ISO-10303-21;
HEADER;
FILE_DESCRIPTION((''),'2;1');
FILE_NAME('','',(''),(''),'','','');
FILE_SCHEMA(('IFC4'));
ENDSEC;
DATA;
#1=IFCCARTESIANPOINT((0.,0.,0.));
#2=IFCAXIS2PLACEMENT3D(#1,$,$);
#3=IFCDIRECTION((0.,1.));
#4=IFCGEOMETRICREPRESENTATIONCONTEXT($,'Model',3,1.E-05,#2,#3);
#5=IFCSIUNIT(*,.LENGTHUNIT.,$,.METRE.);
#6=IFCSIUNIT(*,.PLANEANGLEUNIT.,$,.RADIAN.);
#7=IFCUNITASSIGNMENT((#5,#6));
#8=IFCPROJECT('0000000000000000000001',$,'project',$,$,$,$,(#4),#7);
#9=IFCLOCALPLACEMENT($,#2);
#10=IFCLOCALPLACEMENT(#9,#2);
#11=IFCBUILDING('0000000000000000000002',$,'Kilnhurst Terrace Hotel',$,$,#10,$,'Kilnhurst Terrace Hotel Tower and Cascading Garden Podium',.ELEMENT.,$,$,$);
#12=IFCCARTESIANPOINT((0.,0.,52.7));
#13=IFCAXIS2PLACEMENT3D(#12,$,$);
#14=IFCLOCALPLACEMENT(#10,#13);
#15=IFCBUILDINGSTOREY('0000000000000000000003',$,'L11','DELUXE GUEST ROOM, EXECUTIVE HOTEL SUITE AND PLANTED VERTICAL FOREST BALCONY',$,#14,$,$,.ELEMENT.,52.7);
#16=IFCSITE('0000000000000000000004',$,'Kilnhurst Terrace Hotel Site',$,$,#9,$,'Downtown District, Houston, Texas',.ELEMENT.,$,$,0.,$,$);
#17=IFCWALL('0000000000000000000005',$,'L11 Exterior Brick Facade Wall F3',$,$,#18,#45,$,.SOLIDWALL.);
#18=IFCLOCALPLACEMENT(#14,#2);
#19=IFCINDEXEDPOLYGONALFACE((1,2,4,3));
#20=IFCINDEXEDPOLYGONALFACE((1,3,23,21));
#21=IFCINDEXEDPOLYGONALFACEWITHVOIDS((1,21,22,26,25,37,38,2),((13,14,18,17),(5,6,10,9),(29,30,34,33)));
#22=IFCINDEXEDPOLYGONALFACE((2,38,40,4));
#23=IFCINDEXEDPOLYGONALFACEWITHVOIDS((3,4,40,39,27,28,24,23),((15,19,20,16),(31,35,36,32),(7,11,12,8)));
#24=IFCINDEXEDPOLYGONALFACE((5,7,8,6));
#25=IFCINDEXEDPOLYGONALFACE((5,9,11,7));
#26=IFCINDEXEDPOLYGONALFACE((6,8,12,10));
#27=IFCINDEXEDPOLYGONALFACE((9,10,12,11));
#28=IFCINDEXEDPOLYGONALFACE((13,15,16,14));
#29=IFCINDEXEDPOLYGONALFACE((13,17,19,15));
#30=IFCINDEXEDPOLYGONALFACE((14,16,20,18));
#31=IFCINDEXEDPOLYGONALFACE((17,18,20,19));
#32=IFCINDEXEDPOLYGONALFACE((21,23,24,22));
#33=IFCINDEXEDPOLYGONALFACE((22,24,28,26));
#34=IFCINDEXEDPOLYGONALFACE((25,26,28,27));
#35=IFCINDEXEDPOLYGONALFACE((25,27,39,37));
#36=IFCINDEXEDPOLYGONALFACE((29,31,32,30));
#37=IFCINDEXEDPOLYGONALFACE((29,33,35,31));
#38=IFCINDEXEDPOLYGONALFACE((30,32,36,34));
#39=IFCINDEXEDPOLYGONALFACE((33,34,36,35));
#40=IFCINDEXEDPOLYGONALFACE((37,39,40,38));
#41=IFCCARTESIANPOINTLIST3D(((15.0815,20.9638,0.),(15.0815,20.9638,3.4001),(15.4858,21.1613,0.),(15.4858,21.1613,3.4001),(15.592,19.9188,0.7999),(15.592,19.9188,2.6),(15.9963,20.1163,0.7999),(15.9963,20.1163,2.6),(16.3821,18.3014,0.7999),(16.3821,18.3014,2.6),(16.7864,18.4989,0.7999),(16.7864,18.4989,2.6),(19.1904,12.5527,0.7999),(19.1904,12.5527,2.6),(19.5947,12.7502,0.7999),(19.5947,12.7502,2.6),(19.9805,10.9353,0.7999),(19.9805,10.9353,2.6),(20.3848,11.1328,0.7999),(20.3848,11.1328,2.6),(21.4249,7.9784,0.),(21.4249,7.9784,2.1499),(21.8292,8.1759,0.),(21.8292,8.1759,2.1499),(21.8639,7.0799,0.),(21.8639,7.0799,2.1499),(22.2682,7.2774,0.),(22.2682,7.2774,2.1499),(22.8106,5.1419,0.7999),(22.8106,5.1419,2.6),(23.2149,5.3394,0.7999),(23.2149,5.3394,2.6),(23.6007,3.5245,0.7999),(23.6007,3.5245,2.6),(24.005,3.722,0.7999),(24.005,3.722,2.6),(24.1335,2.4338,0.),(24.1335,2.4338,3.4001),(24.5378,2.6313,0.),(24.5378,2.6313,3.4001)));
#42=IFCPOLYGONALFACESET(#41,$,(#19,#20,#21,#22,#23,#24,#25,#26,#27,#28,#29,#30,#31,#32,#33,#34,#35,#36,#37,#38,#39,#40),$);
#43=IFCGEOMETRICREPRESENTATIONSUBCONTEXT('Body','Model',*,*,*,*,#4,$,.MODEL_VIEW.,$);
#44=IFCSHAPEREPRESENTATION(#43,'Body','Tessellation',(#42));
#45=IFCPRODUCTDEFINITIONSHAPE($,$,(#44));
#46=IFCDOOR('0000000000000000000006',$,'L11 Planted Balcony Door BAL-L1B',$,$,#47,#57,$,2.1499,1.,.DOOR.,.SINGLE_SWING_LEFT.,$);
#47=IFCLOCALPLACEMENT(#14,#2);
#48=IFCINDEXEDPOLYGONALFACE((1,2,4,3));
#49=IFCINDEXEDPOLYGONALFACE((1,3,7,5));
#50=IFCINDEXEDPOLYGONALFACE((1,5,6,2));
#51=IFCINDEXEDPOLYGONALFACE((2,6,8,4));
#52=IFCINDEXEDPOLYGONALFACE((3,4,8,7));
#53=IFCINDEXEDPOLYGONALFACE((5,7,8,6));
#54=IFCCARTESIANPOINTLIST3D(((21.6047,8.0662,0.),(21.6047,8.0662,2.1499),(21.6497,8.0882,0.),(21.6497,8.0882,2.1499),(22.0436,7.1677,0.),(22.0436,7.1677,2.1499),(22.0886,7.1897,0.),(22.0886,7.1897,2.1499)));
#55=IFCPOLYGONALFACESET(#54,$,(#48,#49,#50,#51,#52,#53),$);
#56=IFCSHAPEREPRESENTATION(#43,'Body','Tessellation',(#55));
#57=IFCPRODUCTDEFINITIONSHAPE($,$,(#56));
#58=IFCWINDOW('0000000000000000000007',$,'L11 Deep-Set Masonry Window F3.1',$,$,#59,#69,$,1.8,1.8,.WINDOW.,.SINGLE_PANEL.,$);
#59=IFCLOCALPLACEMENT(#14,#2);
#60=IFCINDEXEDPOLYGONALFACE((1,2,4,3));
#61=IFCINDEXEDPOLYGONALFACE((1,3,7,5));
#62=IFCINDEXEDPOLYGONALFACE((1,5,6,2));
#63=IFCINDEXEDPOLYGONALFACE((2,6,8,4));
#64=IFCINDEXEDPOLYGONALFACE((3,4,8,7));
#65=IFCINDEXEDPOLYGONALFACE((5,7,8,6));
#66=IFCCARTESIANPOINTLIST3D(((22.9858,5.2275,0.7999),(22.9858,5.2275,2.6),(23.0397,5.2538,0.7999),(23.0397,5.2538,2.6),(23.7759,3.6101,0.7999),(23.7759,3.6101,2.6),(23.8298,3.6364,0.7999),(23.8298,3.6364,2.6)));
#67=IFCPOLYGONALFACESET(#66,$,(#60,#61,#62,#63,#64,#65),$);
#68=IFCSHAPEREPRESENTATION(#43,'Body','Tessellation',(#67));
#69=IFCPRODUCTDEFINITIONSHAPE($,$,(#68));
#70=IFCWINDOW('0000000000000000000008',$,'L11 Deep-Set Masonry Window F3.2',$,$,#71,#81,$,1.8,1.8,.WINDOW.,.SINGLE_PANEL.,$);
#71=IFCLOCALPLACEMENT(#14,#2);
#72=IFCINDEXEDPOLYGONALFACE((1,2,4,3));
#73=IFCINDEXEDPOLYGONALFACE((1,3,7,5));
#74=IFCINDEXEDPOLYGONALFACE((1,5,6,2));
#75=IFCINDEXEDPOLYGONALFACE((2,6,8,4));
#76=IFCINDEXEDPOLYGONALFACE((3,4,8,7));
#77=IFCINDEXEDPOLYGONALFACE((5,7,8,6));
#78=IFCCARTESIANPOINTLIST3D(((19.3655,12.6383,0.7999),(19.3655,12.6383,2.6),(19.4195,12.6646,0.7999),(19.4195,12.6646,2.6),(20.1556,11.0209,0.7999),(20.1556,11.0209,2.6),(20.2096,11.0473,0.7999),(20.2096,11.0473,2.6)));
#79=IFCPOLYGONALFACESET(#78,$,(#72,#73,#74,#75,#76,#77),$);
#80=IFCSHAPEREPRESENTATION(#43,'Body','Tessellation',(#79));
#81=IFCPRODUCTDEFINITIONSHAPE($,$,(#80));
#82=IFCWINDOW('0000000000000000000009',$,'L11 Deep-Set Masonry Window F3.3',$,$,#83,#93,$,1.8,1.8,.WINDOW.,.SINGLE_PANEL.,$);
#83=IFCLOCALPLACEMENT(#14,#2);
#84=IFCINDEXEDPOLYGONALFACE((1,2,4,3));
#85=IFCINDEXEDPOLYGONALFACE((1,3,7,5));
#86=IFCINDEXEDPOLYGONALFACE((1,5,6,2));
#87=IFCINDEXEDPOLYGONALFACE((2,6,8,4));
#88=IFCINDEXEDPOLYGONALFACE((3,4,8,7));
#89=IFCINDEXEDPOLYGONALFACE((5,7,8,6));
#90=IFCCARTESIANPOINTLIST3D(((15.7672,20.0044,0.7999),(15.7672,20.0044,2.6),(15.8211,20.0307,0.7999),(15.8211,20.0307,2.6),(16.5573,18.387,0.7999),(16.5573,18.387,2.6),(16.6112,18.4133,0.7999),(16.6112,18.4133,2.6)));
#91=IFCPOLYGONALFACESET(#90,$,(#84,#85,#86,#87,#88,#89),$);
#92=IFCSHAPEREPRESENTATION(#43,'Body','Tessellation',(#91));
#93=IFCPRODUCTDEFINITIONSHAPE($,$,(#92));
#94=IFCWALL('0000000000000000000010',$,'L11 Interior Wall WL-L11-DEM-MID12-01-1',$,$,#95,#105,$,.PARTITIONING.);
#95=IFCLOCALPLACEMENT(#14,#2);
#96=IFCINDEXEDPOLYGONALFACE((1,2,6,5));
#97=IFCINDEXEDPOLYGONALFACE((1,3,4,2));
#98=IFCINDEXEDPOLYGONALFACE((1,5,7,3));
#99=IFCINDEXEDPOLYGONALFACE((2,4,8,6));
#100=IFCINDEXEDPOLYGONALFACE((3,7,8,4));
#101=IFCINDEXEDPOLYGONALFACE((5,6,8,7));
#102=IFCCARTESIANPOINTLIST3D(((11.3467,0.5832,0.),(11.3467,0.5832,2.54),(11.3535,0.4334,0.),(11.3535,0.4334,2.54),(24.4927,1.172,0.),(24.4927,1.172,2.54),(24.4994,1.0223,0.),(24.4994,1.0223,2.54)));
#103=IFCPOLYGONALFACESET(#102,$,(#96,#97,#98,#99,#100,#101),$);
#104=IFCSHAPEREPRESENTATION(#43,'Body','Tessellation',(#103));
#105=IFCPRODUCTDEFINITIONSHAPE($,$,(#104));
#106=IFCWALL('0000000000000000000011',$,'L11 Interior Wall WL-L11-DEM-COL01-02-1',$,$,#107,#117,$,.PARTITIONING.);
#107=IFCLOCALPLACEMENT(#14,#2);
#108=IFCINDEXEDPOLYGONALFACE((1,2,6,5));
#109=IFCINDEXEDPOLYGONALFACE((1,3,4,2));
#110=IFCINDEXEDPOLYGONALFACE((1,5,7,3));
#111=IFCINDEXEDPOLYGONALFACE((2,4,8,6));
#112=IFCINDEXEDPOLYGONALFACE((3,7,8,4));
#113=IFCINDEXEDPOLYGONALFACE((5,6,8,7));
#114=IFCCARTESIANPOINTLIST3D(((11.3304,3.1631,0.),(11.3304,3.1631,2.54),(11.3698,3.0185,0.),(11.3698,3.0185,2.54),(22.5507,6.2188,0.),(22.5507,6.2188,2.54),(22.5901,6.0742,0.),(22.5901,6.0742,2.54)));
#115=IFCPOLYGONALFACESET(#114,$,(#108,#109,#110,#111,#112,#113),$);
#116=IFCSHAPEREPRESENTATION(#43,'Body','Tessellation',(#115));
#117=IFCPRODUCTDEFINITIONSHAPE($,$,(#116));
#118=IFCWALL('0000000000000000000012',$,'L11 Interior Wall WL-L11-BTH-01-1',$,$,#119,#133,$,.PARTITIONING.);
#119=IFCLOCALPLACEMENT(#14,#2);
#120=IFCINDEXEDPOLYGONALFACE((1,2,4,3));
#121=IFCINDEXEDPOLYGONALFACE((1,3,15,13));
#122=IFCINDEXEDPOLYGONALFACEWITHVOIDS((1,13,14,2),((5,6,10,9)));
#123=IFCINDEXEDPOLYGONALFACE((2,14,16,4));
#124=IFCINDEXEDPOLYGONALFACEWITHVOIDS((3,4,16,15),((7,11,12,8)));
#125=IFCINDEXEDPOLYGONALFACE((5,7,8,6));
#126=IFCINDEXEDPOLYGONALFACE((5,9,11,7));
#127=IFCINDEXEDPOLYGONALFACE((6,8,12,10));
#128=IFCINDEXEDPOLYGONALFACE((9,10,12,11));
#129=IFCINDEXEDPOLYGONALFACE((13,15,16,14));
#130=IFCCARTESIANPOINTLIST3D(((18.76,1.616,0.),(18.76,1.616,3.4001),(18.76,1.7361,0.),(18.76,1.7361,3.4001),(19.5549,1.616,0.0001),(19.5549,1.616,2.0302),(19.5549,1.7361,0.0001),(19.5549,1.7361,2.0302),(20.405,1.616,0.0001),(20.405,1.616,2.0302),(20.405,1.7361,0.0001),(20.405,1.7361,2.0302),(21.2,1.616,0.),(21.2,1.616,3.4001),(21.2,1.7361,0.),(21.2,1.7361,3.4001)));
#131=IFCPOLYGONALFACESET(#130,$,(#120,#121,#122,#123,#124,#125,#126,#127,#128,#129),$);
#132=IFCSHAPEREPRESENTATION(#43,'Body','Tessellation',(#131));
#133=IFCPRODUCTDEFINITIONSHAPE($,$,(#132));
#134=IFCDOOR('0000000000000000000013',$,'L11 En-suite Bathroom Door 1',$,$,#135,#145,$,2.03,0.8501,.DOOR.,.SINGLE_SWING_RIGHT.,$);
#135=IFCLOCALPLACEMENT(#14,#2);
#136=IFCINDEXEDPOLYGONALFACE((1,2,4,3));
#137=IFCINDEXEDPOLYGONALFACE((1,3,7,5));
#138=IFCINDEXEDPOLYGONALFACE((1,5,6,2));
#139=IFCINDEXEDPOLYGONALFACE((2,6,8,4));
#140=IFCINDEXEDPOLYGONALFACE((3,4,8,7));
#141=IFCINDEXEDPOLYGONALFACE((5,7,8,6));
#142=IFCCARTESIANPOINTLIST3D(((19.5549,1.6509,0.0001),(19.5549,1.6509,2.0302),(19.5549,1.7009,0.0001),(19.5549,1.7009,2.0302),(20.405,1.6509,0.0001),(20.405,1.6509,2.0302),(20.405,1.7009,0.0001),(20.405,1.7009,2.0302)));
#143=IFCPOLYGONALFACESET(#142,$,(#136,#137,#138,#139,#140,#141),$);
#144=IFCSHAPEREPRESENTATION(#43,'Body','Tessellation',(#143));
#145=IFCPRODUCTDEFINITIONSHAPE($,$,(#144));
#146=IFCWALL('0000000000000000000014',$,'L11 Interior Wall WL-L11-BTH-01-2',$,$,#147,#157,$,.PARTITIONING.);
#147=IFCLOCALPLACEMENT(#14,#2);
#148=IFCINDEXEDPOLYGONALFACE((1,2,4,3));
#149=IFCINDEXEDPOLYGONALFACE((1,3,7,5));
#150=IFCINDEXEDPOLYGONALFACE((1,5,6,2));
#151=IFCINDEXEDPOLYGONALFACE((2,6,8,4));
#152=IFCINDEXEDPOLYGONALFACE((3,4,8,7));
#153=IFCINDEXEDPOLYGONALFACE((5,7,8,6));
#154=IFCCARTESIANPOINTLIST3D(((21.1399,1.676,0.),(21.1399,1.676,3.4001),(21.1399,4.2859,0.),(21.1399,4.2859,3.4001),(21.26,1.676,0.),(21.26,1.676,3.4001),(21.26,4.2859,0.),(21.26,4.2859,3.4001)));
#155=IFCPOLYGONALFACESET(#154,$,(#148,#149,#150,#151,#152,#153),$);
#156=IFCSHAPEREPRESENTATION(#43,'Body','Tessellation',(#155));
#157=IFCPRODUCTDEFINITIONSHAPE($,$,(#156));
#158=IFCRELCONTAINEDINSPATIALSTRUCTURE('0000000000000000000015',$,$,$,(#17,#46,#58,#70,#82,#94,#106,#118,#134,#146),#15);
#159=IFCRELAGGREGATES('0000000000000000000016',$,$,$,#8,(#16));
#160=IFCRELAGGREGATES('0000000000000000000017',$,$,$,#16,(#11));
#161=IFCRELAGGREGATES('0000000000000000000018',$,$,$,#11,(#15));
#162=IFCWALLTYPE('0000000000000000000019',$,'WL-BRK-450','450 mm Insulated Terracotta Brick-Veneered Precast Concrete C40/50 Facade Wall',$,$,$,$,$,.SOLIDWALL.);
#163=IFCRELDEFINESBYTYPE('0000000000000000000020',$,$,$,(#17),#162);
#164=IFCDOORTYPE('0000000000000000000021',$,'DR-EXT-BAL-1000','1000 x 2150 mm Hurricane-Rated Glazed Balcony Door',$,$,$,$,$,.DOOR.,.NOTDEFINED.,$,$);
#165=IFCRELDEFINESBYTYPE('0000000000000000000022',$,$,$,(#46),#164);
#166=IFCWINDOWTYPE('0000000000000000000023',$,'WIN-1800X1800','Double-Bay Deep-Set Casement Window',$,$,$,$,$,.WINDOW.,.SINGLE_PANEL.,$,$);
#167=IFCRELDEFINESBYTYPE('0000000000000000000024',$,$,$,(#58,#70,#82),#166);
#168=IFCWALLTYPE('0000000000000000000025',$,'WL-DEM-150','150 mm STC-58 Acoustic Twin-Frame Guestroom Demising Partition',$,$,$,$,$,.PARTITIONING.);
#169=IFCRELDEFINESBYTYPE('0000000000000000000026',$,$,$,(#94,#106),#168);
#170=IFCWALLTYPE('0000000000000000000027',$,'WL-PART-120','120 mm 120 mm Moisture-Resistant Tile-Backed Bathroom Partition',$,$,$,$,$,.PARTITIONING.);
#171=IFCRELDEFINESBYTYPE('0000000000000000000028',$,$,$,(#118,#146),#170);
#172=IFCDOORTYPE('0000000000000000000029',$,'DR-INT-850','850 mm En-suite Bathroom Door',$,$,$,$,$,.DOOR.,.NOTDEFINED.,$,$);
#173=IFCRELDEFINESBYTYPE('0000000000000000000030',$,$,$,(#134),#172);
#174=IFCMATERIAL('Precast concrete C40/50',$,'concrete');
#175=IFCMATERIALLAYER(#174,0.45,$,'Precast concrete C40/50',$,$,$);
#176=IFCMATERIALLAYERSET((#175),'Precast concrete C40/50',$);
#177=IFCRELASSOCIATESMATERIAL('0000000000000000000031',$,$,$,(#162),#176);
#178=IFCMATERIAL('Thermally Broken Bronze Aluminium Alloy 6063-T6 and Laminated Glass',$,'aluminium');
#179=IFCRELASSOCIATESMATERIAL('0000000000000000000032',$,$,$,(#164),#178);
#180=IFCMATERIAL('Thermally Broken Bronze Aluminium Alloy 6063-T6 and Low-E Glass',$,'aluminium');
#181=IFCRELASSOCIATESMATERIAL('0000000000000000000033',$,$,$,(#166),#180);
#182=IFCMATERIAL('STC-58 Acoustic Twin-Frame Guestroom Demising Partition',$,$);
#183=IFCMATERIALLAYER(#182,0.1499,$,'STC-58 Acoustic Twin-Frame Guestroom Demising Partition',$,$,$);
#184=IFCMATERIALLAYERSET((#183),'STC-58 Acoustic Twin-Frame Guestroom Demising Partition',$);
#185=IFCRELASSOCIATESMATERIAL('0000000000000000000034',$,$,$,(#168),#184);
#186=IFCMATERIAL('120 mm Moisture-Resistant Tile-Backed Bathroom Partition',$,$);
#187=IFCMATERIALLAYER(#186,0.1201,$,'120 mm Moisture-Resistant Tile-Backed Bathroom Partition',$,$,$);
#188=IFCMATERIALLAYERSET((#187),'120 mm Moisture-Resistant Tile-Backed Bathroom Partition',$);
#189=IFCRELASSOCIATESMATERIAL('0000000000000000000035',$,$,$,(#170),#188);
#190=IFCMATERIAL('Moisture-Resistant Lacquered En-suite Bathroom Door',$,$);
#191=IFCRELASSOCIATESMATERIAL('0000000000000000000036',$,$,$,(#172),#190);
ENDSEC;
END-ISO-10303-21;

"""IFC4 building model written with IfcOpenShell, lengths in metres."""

from ifc_helpers import new_model, si_unit, direction, frame, frame_2d, origin, place, context, subcontext, project, spatial, rectangle, extrude, material, layer, layer_set, type_object, element, fill, save


model = new_model("IFC4")

# Units and contexts
model_context = context("Model", 3, precision=1e-05, world=origin(), true_north=direction((0.0, 1.0)))
body_context = subcontext(model_context, "Body", "Model", "MODEL_VIEW")
ifc_project = project(units=[si_unit("LENGTHUNIT", "METRE"), si_unit("PLANEANGLEUNIT", "RADIAN")], contexts=[model_context])

# Site, building, storey
site_placement = place(None, origin())
site = spatial("IfcSite", under=ifc_project, at=site_placement, Name="Kilnhurst Terrace Hotel Site", LongName="Downtown District, Houston, Texas", CompositionType="ELEMENT", RefElevation=0.0)
building_placement = place(site_placement, origin())
building = spatial("IfcBuilding", under=site, at=building_placement, Name="Kilnhurst Terrace Hotel", LongName="Kilnhurst Terrace Hotel Tower and Cascading Garden Podium", CompositionType="ELEMENT")
storey_placement = place(building_placement, frame((0.0, 0.0, 52.7)))
storey = spatial("IfcBuildingStorey", under=building, at=storey_placement, Name="L11", Description="DELUXE GUEST ROOM, EXECUTIVE HOTEL SUITE AND PLANTED VERTICAL FOREST BALCONY", CompositionType="ELEMENT", Elevation=52.7)

# Shared definitions
ifc_material_1 = material(Name="Precast concrete C40/50", Category="concrete")
ifc_layer_1 = layer(ifc_material_1, 0.45, Name="Precast concrete C40/50")
ifc_layer_set_1 = layer_set([ifc_layer_1], Name="Precast concrete C40/50")
wall_type_1 = type_object("IfcWallType", Name="WL-BRK-450", Description="450 mm Insulated Terracotta Brick-Veneered Precast Concrete C40/50 Facade Wall", PredefinedType="SOLIDWALL", material=ifc_layer_set_1)

# Wall, openings, door, windows
wall_1_placement = place(storey_placement, frame((24.3357, 2.5325, 0.0), z_axis=(0.0, 0.0, 1.0), x_axis=(-0.438931, 0.898521, 0.0)))
wall_1 = element("IfcWall", 1, at=wall_1_placement, inside=storey, type_object=wall_type_1, Name="L11 Exterior Brick Facade Wall F3", PredefinedType="SOLIDWALL", context=body_context, shape_type="SweptSolid", body=[
    extrude(rectangle(XDim=20.6228, YDim=0.45, at=frame_2d((10.3115, 0.0))), origin(), (0.0, 0.0, 1.0), 3.4001),
])
opening_1_placement = place(wall_1_placement, frame((5.1709, 0.0, 0.0)))
opening_1 = element("IfcOpeningElement", 2, at=opening_1_placement, cuts=wall_1, PredefinedType="OPENING", context=body_context, shape_type="SweptSolid", body=[
    extrude(rectangle(XDim=1.0, YDim=2.1499, at=frame_2d((0.5, 1.075))), frame((0.0, 0.2349, 0.0), z_axis=(0.0, -1.0, 0.0), x_axis=(1.0, 0.0, 0.0)), (0.0, 0.0, 1.0), 0.47),
])
opening_2_placement = place(wall_1_placement, frame((1.2141, 0.0, 0.8)))
opening_2 = element("IfcOpeningElement", 3, at=opening_2_placement, cuts=wall_1, PredefinedType="OPENING", context=body_context, shape_type="SweptSolid", body=[
    extrude(rectangle(XDim=1.8, YDim=1.8, at=frame_2d((0.8999, 0.8999))), frame((0.0, 0.2349, 0.0), z_axis=(0.0, -1.0, 0.0), x_axis=(1.0, 0.0, 0.0)), (0.0, 0.0, 1.0), 0.47),
])
opening_3_placement = place(wall_1_placement, frame((9.4619, 0.0, 0.8)))
opening_3 = element("IfcOpeningElement", 4, at=opening_3_placement, cuts=wall_1, PredefinedType="OPENING", context=body_context, shape_type="SweptSolid", body=[
    extrude(rectangle(XDim=1.8, YDim=1.8, at=frame_2d((0.8999, 0.8999))), frame((0.0, 0.2349, 0.0), z_axis=(0.0, -1.0, 0.0), x_axis=(1.0, 0.0, 0.0)), (0.0, 0.0, 1.0), 0.47),
])
opening_4_placement = place(wall_1_placement, frame((17.6599, 0.0, 0.8)))
opening_4 = element("IfcOpeningElement", 5, at=opening_4_placement, cuts=wall_1, PredefinedType="OPENING", context=body_context, shape_type="SweptSolid", body=[
    extrude(rectangle(XDim=1.8, YDim=1.8, at=frame_2d((0.8999, 0.8999))), frame((0.0, 0.2349, 0.0), z_axis=(0.0, -1.0, 0.0), x_axis=(1.0, 0.0, 0.0)), (0.0, 0.0, 1.0), 0.47),
])
ifc_material_2 = material(Name="Thermally Broken Bronze Aluminium Alloy 6063-T6 and Laminated Glass", Category="aluminium")
door_type_1 = type_object("IfcDoorType", Name="DR-EXT-BAL-1000", Description="1000 x 2150 mm Hurricane-Rated Glazed Balcony Door", OperationType="NOTDEFINED", PredefinedType="DOOR", material=ifc_material_2)
door_1_placement = place(opening_1_placement, origin())
door_1 = element("IfcDoor", 6, at=door_1_placement, inside=storey, type_object=door_type_1, Name="L11 Planted Balcony Door BAL-L1B", OperationType="SINGLE_SWING_LEFT", OverallHeight=2.1499, OverallWidth=1.0, PredefinedType="DOOR", context=body_context, shape_type="SweptSolid", body=[
    extrude(rectangle(XDim=1.0, YDim=2.1499, at=frame_2d((0.5, 1.075))), frame((0.0, 0.0249, 0.0), z_axis=(0.0, -1.0, 0.0), x_axis=(1.0, 0.0, 0.0)), (0.0, 0.0, 1.0), 0.05),
])
fill(opening_1, door_1)
ifc_material_3 = material(Name="Thermally Broken Bronze Aluminium Alloy 6063-T6 and Low-E Glass", Category="aluminium")
window_type = type_object("IfcWindowType", Name="WIN-1800X1800", Description="Double-Bay Deep-Set Casement Window", PartitioningType="SINGLE_PANEL", PredefinedType="WINDOW", material=ifc_material_3)
window_1_placement = place(opening_2_placement, origin())
window_1 = element("IfcWindow", 7, at=window_1_placement, inside=storey, type_object=window_type, Name="L11 Deep-Set Masonry Window F3.1", OverallHeight=1.8, OverallWidth=1.8, PartitioningType="SINGLE_PANEL", PredefinedType="WINDOW", context=body_context, shape_type="SweptSolid", body=[
    extrude(rectangle(XDim=1.8, YDim=1.8, at=frame_2d((0.8999, 0.8999))), frame((0.0, 0.03, 0.0), z_axis=(0.0, -1.0, 0.0), x_axis=(1.0, 0.0, 0.0)), (0.0, 0.0, 1.0), 0.0601),
])
fill(opening_2, window_1)
window_2_placement = place(opening_3_placement, origin())
window_2 = element("IfcWindow", 8, at=window_2_placement, inside=storey, type_object=window_type, Name="L11 Deep-Set Masonry Window F3.2", OverallHeight=1.8, OverallWidth=1.8, PartitioningType="SINGLE_PANEL", PredefinedType="WINDOW", context=body_context, shape_type="SweptSolid", body=[
    extrude(rectangle(XDim=1.8, YDim=1.8, at=frame_2d((0.8999, 0.8999))), frame((0.0, 0.03, 0.0), z_axis=(0.0, -1.0, 0.0), x_axis=(1.0, 0.0, 0.0)), (0.0, 0.0, 1.0), 0.0601),
])
fill(opening_3, window_2)
window_3_placement = place(opening_4_placement, origin())
window_3 = element("IfcWindow", 9, at=window_3_placement, inside=storey, type_object=window_type, Name="L11 Deep-Set Masonry Window F3.3", OverallHeight=1.8, OverallWidth=1.8, PartitioningType="SINGLE_PANEL", PredefinedType="WINDOW", context=body_context, shape_type="SweptSolid", body=[
    extrude(rectangle(XDim=1.8, YDim=1.8, at=frame_2d((0.8999, 0.8999))), frame((0.0, 0.03, 0.0), z_axis=(0.0, -1.0, 0.0), x_axis=(1.0, 0.0, 0.0)), (0.0, 0.0, 1.0), 0.0601),
])
fill(opening_4, window_3)

# Walls
ifc_material_4 = material(Name="STC-58 Acoustic Twin-Frame Guestroom Demising Partition")
ifc_layer_2 = layer(ifc_material_4, 0.1499, Name="STC-58 Acoustic Twin-Frame Guestroom Demising Partition")
ifc_layer_set_2 = layer_set([ifc_layer_2], Name="STC-58 Acoustic Twin-Frame Guestroom Demising Partition")
wall_type_2 = type_object("IfcWallType", Name="WL-DEM-150", Description="150 mm STC-58 Acoustic Twin-Frame Guestroom Demising Partition", PredefinedType="PARTITIONING", material=ifc_layer_set_2)
wall_2_placement = place(storey_placement, frame((11.3501, 0.5083, 0.0), z_axis=(0.0, 0.0, 1.0), x_axis=(0.998998, 0.04475, 0.0)))
element("IfcWall", 10, at=wall_2_placement, inside=storey, type_object=wall_type_2, Name="L11 Interior Wall WL-L11-DEM-MID12-01-1", PredefinedType="PARTITIONING", context=body_context, shape_type="SweptSolid", body=[
    extrude(rectangle(XDim=13.1592, YDim=0.1499, at=frame_2d((6.5796, 0.0))), origin(), (0.0, 0.0, 1.0), 2.54),
])
wall_3_placement = place(storey_placement, frame((11.3501, 3.0908, 0.0), z_axis=(0.0, 0.0, 1.0), x_axis=(0.96486, 0.262766, 0.0)))
element("IfcWall", 11, at=wall_3_placement, inside=storey, type_object=wall_type_2, Name="L11 Interior Wall WL-L11-DEM-COL01-02-1", PredefinedType="PARTITIONING", context=body_context, shape_type="SweptSolid", body=[
    extrude(rectangle(XDim=11.6289, YDim=0.1499, at=frame_2d((5.8145, 0.0))), origin(), (0.0, 0.0, 1.0), 2.54),
])

# Wall, opening, door
ifc_material_5 = material(Name="120 mm Moisture-Resistant Tile-Backed Bathroom Partition")
ifc_layer_3 = layer(ifc_material_5, 0.1201, Name="120 mm Moisture-Resistant Tile-Backed Bathroom Partition")
ifc_layer_set_3 = layer_set([ifc_layer_3], Name="120 mm Moisture-Resistant Tile-Backed Bathroom Partition")
wall_type_3 = type_object("IfcWallType", Name="WL-PART-120", Description="120 mm 120 mm Moisture-Resistant Tile-Backed Bathroom Partition", PredefinedType="PARTITIONING", material=ifc_layer_set_3)
wall_4_placement = place(storey_placement, frame((18.76, 1.676, 0.0), z_axis=(0.0, 0.0, 1.0), x_axis=(1.0, 0.0, 0.0)))
wall_4 = element("IfcWall", 12, at=wall_4_placement, inside=storey, type_object=wall_type_3, Name="L11 Interior Wall WL-L11-BTH-01-1", PredefinedType="PARTITIONING", context=body_context, shape_type="SweptSolid", body=[
    extrude(rectangle(XDim=2.4399, YDim=0.1201, at=frame_2d((1.22, 0.0))), origin(), (0.0, 0.0, 1.0), 3.4001),
])
opening_5_placement = place(wall_4_placement, frame((0.7949, 0.0, 0.0)))
opening_5 = element("IfcOpeningElement", 13, at=opening_5_placement, cuts=wall_4, PredefinedType="OPENING", context=body_context, shape_type="SweptSolid", body=[
    extrude(rectangle(XDim=0.8501, YDim=2.03, at=frame_2d((0.425, 1.0151))), frame((0.0, 0.0701, 0.0), z_axis=(0.0, -1.0, 0.0), x_axis=(1.0, 0.0, 0.0)), (0.0, 0.0, 1.0), 0.1401),
])
ifc_material_6 = material(Name="Moisture-Resistant Lacquered En-suite Bathroom Door")
door_type_2 = type_object("IfcDoorType", Name="DR-INT-850", Description="850 mm En-suite Bathroom Door", OperationType="NOTDEFINED", PredefinedType="DOOR", material=ifc_material_6)
door_2_placement = place(opening_5_placement, origin())
door_2 = element("IfcDoor", 14, at=door_2_placement, inside=storey, type_object=door_type_2, Name="L11 En-suite Bathroom Door 1", OperationType="SINGLE_SWING_RIGHT", OverallHeight=2.03, OverallWidth=0.8501, PredefinedType="DOOR", context=body_context, shape_type="SweptSolid", body=[
    extrude(rectangle(XDim=0.8501, YDim=2.03, at=frame_2d((0.425, 1.0151))), frame((0.0, 0.0249, 0.0), z_axis=(0.0, -1.0, 0.0), x_axis=(1.0, 0.0, 0.0)), (0.0, 0.0, 1.0), 0.05),
])
fill(opening_5, door_2)

# Wall
wall_5_placement = place(storey_placement, frame((21.2, 1.676, 0.0), z_axis=(0.0, 0.0, 1.0), x_axis=(0.0, 1.0, 0.0)))
element("IfcWall", 15, at=wall_5_placement, inside=storey, type_object=wall_type_3, Name="L11 Interior Wall WL-L11-BTH-01-2", PredefinedType="PARTITIONING", context=body_context, shape_type="SweptSolid", body=[
    extrude(rectangle(XDim=2.6099, YDim=0.1201, at=frame_2d((1.3049, 0.0))), origin(), (0.0, 0.0, 1.0), 3.4001),
])

save(model, "model.ifc")
